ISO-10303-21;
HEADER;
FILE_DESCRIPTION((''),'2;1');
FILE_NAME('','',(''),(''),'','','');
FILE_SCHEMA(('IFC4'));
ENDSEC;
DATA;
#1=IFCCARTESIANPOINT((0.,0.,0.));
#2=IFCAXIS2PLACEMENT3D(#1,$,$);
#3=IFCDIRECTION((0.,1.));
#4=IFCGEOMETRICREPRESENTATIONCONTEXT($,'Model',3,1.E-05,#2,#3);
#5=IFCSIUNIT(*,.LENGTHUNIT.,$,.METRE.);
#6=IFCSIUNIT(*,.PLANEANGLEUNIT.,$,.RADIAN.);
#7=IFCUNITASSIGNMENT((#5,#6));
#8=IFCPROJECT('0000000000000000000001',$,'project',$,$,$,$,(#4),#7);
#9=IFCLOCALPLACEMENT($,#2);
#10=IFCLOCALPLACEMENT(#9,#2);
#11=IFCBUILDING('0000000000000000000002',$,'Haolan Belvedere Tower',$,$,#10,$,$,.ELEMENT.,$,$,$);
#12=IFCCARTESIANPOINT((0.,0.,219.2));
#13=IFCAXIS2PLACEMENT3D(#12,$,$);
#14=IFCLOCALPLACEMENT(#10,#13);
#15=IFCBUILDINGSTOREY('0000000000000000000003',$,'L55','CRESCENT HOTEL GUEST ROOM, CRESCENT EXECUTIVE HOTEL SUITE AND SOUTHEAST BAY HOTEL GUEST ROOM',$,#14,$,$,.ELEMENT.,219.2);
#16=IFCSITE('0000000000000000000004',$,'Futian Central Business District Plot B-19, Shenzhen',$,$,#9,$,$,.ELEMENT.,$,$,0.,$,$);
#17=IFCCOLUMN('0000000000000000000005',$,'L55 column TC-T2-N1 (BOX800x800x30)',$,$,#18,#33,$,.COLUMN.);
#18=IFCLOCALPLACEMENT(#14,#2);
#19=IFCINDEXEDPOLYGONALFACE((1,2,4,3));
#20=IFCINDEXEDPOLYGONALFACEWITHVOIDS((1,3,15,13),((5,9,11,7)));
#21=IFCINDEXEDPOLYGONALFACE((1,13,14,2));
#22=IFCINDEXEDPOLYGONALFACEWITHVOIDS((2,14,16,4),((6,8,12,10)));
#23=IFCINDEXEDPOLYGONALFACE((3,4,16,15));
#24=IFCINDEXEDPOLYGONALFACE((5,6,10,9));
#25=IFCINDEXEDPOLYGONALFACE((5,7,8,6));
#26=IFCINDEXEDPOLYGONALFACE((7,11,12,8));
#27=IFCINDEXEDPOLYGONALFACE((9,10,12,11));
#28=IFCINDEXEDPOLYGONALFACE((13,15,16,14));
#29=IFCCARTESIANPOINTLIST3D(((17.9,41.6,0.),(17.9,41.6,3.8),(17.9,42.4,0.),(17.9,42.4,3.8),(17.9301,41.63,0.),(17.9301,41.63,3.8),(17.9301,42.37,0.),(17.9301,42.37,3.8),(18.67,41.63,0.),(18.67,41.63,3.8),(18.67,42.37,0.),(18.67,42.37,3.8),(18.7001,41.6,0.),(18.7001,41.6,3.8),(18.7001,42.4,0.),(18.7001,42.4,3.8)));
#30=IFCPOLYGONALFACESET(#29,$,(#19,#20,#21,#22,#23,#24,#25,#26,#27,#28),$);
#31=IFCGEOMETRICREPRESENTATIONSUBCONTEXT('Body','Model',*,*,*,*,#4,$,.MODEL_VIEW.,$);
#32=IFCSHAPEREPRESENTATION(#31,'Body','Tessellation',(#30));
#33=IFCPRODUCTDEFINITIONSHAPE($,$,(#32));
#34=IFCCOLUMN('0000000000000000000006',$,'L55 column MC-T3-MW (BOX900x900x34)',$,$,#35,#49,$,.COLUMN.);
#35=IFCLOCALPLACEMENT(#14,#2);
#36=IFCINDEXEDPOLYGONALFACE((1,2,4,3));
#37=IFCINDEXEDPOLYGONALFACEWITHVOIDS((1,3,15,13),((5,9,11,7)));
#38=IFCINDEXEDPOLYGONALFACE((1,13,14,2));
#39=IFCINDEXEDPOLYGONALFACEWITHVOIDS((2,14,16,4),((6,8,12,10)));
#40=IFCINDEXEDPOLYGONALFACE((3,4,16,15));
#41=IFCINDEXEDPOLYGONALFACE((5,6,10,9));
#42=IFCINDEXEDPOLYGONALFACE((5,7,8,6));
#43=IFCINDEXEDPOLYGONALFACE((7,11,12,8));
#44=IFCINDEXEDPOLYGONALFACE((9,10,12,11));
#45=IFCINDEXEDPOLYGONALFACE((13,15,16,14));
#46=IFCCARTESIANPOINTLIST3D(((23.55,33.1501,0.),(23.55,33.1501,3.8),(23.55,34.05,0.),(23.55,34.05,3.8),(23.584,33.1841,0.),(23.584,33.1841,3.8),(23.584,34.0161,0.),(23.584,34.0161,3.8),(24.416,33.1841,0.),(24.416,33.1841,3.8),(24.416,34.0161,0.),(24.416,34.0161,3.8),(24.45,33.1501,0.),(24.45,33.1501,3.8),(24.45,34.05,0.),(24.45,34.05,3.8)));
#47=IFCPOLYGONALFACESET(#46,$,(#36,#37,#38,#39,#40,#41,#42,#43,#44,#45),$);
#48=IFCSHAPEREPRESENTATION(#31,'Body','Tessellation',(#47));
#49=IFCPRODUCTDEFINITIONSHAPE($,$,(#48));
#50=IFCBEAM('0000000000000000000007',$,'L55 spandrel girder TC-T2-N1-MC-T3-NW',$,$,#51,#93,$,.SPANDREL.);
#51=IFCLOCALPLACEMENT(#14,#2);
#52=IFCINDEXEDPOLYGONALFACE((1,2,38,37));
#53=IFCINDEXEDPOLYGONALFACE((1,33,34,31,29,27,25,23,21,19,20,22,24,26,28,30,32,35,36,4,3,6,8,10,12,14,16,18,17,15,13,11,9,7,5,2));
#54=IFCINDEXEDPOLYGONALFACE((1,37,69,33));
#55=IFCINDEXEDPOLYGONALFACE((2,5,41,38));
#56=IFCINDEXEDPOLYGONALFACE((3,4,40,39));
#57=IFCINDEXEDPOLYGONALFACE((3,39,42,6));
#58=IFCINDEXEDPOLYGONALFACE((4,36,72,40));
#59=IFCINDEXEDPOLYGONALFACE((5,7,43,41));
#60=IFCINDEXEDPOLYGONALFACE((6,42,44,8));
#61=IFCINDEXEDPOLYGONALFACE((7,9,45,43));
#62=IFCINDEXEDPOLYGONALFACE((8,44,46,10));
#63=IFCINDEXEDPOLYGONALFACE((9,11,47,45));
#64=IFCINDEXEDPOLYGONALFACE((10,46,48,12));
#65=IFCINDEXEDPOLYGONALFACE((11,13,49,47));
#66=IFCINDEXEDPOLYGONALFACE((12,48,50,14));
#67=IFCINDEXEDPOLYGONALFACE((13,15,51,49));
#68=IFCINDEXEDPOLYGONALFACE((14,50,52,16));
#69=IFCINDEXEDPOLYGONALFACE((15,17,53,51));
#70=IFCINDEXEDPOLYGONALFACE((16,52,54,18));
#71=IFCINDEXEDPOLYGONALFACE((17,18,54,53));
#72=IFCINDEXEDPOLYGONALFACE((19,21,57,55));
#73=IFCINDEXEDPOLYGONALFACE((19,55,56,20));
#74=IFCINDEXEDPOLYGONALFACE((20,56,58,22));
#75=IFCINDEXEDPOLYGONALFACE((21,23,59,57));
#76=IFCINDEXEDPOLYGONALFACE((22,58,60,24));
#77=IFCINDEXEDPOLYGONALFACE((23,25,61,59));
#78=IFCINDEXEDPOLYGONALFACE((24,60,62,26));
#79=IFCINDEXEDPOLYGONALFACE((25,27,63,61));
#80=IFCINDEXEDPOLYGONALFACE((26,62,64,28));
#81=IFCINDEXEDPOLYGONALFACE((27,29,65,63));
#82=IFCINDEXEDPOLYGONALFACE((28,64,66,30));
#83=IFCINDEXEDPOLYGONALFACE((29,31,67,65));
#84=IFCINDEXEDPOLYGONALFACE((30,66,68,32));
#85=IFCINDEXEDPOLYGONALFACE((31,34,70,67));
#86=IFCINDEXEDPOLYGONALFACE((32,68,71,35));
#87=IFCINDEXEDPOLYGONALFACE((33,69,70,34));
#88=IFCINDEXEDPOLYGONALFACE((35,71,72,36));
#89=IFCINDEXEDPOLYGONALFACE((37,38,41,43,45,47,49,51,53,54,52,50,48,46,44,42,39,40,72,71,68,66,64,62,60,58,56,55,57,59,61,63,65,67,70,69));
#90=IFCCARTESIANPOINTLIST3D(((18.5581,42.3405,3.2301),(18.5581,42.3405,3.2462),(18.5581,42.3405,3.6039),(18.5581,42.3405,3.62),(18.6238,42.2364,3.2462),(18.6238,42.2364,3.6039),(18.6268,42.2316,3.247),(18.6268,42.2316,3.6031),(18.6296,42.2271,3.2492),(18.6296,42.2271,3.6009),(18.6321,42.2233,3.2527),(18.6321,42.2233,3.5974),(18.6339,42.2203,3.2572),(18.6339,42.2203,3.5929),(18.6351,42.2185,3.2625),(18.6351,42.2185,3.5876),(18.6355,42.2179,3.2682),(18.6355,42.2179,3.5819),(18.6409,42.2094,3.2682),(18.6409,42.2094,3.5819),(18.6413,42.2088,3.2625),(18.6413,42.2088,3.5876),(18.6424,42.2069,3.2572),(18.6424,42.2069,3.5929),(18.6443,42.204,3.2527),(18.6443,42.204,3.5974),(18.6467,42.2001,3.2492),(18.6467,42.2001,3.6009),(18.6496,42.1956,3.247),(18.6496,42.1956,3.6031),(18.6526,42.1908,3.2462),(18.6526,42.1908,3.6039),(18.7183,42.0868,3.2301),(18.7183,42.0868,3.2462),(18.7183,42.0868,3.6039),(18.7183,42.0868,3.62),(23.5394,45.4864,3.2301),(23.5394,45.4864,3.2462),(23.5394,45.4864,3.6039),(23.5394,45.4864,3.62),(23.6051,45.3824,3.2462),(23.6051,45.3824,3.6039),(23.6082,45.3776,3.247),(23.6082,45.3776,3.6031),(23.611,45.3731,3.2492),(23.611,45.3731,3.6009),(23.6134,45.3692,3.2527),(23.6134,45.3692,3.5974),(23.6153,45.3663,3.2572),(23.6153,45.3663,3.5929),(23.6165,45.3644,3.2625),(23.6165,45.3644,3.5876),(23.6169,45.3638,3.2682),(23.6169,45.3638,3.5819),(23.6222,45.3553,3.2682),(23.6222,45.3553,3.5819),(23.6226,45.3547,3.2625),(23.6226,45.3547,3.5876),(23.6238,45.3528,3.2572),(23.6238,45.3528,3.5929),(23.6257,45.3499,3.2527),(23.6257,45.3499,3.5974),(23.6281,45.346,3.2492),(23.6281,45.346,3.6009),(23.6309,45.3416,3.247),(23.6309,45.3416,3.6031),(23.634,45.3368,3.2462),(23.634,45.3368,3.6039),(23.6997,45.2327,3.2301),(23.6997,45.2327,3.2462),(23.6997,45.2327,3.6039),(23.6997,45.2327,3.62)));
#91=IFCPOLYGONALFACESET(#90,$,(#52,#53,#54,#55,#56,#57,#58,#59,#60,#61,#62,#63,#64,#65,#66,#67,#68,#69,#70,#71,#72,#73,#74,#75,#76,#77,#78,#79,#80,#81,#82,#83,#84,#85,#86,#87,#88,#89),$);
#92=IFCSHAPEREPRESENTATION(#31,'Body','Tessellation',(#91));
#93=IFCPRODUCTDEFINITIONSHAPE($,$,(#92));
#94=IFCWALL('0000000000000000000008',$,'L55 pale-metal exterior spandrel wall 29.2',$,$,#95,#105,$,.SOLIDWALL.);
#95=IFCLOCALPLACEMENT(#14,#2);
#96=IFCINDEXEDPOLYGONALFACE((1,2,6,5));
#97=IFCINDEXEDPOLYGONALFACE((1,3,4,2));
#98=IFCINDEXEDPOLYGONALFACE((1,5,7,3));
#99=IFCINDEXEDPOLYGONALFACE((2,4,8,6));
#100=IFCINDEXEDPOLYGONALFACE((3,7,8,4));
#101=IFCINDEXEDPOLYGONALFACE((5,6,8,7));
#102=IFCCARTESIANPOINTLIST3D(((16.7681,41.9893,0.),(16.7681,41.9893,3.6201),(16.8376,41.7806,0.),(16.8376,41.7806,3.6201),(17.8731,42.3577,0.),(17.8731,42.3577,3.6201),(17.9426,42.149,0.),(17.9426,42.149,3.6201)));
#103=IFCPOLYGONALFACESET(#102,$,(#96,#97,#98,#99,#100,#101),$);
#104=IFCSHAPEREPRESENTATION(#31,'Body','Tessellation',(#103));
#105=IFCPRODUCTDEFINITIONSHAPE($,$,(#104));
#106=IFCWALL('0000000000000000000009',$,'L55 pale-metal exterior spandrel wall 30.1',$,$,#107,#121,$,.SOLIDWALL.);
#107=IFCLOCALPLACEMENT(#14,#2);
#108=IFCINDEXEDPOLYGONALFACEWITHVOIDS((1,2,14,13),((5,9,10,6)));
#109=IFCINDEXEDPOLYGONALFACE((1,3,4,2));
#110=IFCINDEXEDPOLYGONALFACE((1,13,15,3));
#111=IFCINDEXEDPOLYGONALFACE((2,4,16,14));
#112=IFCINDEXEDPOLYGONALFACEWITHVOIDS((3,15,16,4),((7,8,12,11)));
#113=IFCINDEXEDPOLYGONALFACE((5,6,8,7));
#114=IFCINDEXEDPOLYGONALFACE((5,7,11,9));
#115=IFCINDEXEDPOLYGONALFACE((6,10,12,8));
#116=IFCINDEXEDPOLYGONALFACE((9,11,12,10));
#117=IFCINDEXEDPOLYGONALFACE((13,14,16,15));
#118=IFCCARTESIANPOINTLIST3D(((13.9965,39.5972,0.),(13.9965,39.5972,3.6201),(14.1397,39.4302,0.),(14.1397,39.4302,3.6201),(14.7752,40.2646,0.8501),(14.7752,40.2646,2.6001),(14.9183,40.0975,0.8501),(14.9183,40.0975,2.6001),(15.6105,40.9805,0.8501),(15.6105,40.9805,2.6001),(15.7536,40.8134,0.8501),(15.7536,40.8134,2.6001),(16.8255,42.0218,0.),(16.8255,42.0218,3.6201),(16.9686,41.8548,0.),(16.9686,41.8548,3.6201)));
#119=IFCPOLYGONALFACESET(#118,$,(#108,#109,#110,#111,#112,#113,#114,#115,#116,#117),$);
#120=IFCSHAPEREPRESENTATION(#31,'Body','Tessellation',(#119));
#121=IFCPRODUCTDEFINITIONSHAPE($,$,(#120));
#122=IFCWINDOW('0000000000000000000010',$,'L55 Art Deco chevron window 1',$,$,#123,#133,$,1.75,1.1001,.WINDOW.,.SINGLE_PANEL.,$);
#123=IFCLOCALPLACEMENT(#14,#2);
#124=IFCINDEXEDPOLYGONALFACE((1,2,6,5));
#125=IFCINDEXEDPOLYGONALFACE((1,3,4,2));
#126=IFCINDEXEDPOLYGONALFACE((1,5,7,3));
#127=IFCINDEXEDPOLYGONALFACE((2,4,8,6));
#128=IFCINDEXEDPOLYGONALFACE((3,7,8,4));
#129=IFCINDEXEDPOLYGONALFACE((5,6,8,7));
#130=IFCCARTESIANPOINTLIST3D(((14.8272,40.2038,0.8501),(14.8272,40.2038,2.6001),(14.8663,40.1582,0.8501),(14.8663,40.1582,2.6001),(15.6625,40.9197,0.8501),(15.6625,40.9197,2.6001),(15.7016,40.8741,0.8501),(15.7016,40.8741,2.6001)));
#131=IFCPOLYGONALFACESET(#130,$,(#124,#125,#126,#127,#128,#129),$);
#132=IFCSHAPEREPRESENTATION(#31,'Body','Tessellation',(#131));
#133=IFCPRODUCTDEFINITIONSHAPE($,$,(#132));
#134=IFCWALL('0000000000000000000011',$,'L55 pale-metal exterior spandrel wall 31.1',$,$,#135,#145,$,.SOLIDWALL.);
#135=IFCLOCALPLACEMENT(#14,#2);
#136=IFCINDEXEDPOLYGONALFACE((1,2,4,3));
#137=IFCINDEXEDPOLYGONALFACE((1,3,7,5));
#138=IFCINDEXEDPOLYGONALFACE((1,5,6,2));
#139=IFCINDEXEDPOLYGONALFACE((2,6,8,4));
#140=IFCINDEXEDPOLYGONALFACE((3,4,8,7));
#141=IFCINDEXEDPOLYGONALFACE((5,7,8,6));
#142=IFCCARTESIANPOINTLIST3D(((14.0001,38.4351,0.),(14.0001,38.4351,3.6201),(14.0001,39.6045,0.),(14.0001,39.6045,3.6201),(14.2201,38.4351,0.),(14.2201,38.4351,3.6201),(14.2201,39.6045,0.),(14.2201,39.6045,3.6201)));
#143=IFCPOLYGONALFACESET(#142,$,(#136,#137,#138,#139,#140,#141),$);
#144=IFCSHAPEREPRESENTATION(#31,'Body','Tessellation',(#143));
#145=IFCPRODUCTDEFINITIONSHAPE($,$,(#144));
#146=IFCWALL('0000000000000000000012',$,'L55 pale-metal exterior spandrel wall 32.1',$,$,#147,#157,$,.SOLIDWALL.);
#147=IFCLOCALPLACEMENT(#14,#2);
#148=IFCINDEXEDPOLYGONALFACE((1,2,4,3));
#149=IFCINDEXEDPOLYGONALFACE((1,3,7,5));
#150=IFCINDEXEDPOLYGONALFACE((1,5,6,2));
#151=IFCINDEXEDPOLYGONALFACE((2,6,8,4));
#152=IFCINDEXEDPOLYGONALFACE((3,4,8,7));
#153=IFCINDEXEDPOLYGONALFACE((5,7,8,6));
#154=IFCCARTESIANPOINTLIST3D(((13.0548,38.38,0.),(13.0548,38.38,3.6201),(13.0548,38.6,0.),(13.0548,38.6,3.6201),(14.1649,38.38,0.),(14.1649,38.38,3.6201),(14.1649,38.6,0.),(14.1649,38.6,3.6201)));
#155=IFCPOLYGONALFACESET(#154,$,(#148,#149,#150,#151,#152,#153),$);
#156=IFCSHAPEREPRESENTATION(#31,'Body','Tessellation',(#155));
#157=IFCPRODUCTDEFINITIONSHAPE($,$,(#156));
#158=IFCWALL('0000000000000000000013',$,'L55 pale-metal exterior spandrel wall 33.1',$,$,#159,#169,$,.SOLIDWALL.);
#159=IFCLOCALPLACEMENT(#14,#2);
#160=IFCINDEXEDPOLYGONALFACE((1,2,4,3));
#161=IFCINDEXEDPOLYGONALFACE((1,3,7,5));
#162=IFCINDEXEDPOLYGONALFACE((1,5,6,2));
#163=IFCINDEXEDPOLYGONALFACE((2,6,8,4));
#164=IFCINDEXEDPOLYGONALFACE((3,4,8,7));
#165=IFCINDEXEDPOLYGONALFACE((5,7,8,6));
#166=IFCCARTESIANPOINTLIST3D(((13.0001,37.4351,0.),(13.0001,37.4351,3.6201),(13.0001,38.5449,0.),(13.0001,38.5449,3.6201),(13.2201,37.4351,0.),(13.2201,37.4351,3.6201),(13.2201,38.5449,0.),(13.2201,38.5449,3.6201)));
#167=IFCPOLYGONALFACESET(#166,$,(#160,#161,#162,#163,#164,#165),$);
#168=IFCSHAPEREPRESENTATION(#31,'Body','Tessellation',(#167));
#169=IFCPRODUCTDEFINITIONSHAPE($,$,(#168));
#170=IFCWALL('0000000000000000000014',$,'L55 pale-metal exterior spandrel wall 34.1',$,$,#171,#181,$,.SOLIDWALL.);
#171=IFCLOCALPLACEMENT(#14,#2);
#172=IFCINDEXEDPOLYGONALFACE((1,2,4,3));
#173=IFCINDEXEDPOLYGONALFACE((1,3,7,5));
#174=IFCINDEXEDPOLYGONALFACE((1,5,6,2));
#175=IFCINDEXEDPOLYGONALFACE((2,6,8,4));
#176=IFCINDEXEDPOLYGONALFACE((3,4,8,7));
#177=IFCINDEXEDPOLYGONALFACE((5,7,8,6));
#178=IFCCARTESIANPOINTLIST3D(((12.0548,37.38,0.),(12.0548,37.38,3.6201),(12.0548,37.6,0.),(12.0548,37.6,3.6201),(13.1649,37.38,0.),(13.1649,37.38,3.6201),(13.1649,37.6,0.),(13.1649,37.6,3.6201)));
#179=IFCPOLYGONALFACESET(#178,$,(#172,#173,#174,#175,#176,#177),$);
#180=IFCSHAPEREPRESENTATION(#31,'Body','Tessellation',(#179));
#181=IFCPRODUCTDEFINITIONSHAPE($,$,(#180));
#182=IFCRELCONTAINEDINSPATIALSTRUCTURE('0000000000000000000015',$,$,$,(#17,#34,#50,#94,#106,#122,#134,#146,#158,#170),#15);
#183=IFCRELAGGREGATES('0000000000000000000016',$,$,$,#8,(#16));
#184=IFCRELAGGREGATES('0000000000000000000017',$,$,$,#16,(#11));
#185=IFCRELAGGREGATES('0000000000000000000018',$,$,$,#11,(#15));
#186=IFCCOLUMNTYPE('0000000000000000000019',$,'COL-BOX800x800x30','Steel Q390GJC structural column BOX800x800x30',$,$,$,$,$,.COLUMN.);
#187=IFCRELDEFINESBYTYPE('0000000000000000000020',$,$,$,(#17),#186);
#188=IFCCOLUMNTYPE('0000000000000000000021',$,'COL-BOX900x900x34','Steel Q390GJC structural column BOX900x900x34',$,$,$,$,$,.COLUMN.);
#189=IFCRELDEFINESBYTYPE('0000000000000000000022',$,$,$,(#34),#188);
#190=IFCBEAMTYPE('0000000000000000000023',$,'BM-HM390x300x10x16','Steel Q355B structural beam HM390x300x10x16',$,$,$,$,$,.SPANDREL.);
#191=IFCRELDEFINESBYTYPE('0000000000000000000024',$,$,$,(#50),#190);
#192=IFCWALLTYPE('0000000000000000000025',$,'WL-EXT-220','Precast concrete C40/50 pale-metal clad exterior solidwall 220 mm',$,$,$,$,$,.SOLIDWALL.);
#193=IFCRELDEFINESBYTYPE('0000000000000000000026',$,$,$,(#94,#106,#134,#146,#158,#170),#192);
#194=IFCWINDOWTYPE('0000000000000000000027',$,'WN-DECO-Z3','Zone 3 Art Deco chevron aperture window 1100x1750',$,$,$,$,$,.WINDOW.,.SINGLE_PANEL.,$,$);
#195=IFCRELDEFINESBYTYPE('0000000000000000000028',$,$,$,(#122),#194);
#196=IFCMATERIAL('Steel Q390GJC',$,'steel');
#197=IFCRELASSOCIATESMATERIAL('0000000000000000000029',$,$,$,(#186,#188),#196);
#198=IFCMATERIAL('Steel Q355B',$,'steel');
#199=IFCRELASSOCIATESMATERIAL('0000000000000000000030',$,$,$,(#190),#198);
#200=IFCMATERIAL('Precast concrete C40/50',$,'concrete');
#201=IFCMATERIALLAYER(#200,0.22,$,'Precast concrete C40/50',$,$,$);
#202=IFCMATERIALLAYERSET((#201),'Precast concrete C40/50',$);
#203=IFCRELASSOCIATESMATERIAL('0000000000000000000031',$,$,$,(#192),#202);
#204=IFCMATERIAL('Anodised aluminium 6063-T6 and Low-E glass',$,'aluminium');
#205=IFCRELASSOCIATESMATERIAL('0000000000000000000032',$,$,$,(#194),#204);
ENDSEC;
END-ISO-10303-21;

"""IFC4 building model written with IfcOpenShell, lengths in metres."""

from ifc_helpers import new_model, si_unit, direction, frame, frame_2d, origin, origin_2d, place, context, subcontext, project, spatial, rectangle, hollow_rectangle, i_section, extrude, material, layer, layer_set, material_profile, profile_set, type_object, element, fill, save


model = new_model("IFC4")

# Units and contexts
model_context = context("Model", 3, precision=1e-05, world=origin(), true_north=direction((0.0, 1.0)))
body_context = subcontext(model_context, "Body", "Model", "MODEL_VIEW")
ifc_project = project(units=[si_unit("LENGTHUNIT", "METRE"), si_unit("PLANEANGLEUNIT", "RADIAN")], contexts=[model_context])

# Site, building, storey
site_placement = place(None, origin())
site = spatial("IfcSite", under=ifc_project, at=site_placement, Name="Futian Central Business District Plot B-19, Shenzhen", CompositionType="ELEMENT", RefElevation=0.0)
building_placement = place(site_placement, origin())
building = spatial("IfcBuilding", under=site, at=building_placement, Name="Haolan Belvedere Tower", CompositionType="ELEMENT")
storey_placement = place(building_placement, frame((0.0, 0.0, 219.2)))
storey = spatial("IfcBuildingStorey", under=building, at=storey_placement, Name="L55", Description="CRESCENT HOTEL GUEST ROOM, CRESCENT EXECUTIVE HOTEL SUITE AND SOUTHEAST BAY HOTEL GUEST ROOM", CompositionType="ELEMENT", Elevation=219.2)

# Columns
ifc_material_1 = material(Name="Steel Q390GJC", Category="steel")
ifc_material_profile_1 = material_profile(ifc_material_1, hollow_rectangle(XDim=0.8, YDim=0.8, WallThickness=0.03, at=origin_2d()), Name="Steel Q390GJC")
ifc_profile_set_1 = profile_set([ifc_material_profile_1], Name="Steel Q390GJC")
column_type_1 = type_object("IfcColumnType", Name="COL-BOX800x800x30", Description="Steel Q390GJC structural column BOX800x800x30", PredefinedType="COLUMN", material=ifc_profile_set_1)
column_1_placement = place(storey_placement, frame((18.3, 42.0, 0.0), z_axis=(0.0, 0.0, 1.0), x_axis=(1.0, 0.0, 0.0)))
element("IfcColumn", 1, at=column_1_placement, inside=storey, type_object=column_type_1, Name="L55 column TC-T2-N1 (BOX800x800x30)", PredefinedType="COLUMN", context=body_context, shape_type="SweptSolid", body=[
    extrude(hollow_rectangle(XDim=0.8, YDim=0.8, WallThickness=0.03, at=origin_2d()), origin(), (0.0, 0.0, 1.0), 3.8),
])
ifc_material_profile_2 = material_profile(ifc_material_1, hollow_rectangle(XDim=0.8999, YDim=0.8999, WallThickness=0.0339, at=origin_2d()), Name="Steel Q390GJC")
ifc_profile_set_2 = profile_set([ifc_material_profile_2], Name="Steel Q390GJC")
column_type_2 = type_object("IfcColumnType", Name="COL-BOX900x900x34", Description="Steel Q390GJC structural column BOX900x900x34", PredefinedType="COLUMN", material=ifc_profile_set_2)
column_2_placement = place(storey_placement, frame((24.0, 33.6001, 0.0), z_axis=(0.0, 0.0, 1.0), x_axis=(1.0, 0.0, 0.0)))
element("IfcColumn", 2, at=column_2_placement, inside=storey, type_object=column_type_2, Name="L55 column MC-T3-MW (BOX900x900x34)", PredefinedType="COLUMN", context=body_context, shape_type="SweptSolid", body=[
    extrude(hollow_rectangle(XDim=0.8999, YDim=0.8999, WallThickness=0.0339, at=origin_2d()), origin(), (0.0, 0.0, 1.0), 3.8),
])

# Beam
ifc_material_2 = material(Name="Steel Q355B", Category="steel")
ifc_material_profile_3 = material_profile(ifc_material_2, i_section(OverallWidth=0.3, OverallDepth=0.3899, WebThickness=0.01, FlangeThickness=0.0161, FilletRadius=0.022, at=origin_2d()), Name="Steel Q355B")
ifc_profile_set_3 = profile_set([ifc_material_profile_3], Name="Steel Q355B")
beam_type = type_object("IfcBeamType", Name="BM-HM390x300x10x16", Description="Steel Q355B structural beam HM390x300x10x16", PredefinedType="SPANDREL", material=ifc_profile_set_3)
beam_placement = place(storey_placement, frame((18.6382, 42.2136, 3.425), z_axis=(0.845503, 0.533971, 0.0), x_axis=(-0.533971, 0.845503, 0.0)))
element("IfcBeam", 3, at=beam_placement, inside=storey, type_object=beam_type, Name="L55 spandrel girder TC-T2-N1-MC-T3-NW", PredefinedType="SPANDREL", context=body_context, shape_type="SweptSolid", body=[
    extrude(i_section(OverallWidth=0.3, OverallDepth=0.3899, WebThickness=0.01, FlangeThickness=0.0161, FilletRadius=0.022, at=origin_2d()), origin(), (0.0, 0.0, 1.0), 5.8916),
])

# Wall
ifc_material_3 = material(Name="Precast concrete C40/50", Category="concrete")
ifc_layer_1 = layer(ifc_material_3, 0.22, Name="Precast concrete C40/50")
ifc_layer_set_1 = layer_set([ifc_layer_1], Name="Precast concrete C40/50")
wall_type_1 = type_object("IfcWallType", Name="WL-EXT-220", Description="Precast concrete C40/50 pale-metal clad exterior solidwall 220 mm", PredefinedType="SOLIDWALL", material=ifc_layer_set_1)
wall_1_placement = place(storey_placement, frame((17.908, 42.2534, 0.0), z_axis=(0.0, 0.0, 1.0), x_axis=(-0.948662, -0.316291, 0.0)))
element("IfcWall", 4, at=wall_1_placement, inside=storey, type_object=wall_type_1, Name="L55 pale-metal exterior spandrel wall 29.2", PredefinedType="SOLIDWALL", context=body_context, shape_type="SweptSolid", body=[
    extrude(rectangle(XDim=1.1648, YDim=0.22, at=frame_2d((0.5825, 0.0))), origin(), (0.0, 0.0, 1.0), 3.6201),
])

# Wall, opening, window
wall_2_placement = place(storey_placement, frame((16.897, 41.9382, 0.0), z_axis=(0.0, 0.0, 1.0), x_axis=(-0.75928, -0.650764, 0.0)))
wall_2 = element("IfcWall", 5, at=wall_2_placement, inside=storey, type_object=wall_type_1, Name="L55 pale-metal exterior spandrel wall 30.1", PredefinedType="SOLIDWALL", context=body_context, shape_type="SweptSolid", body=[
    extrude(rectangle(XDim=3.7258, YDim=0.22, at=frame_2d((1.8628, 0.0))), origin(), (0.0, 0.0, 1.0), 3.6201),
])
opening_1_placement = place(wall_2_placement, frame((1.6001, 0.0, 0.8501)))
opening_1 = element("IfcOpeningElement", 6, at=opening_1_placement, cuts=wall_2, PredefinedType="OPENING", context=body_context, shape_type="SweptSolid", body=[
    extrude(rectangle(XDim=1.1001, YDim=1.75, at=frame_2d((0.55, 0.875))), frame((0.0, 0.1199, 0.0), z_axis=(0.0, -1.0, 0.0), x_axis=(1.0, 0.0, 0.0)), (0.0, 0.0, 1.0), 0.24),
])
ifc_material_4 = material(Name="Anodised aluminium 6063-T6 and Low-E glass", Category="aluminium")
window_type = type_object("IfcWindowType", Name="WN-DECO-Z3", Description="Zone 3 Art Deco chevron aperture window 1100x1750", PartitioningType="SINGLE_PANEL", PredefinedType="WINDOW", material=ifc_material_4)
window_1_placement = place(opening_1_placement, origin())
window_1 = element("IfcWindow", 7, at=window_1_placement, inside=storey, type_object=window_type, Name="L55 Art Deco chevron window 1", OverallHeight=1.75, OverallWidth=1.1001, PartitioningType="SINGLE_PANEL", PredefinedType="WINDOW", context=body_context, shape_type="SweptSolid", body=[
    extrude(rectangle(XDim=1.1001, YDim=1.75, at=frame_2d((0.55, 0.875))), frame((0.0, 0.03, 0.0), z_axis=(0.0, -1.0, 0.0), x_axis=(1.0, 0.0, 0.0)), (0.0, 0.0, 1.0), 0.0601),
])
fill(opening_1, window_1)

# Walls
wall_3_placement = place(storey_placement, frame((14.1101, 39.6045, 0.0), z_axis=(0.0, 0.0, 1.0), x_axis=(0.0, -1.0, 0.0)))
element("IfcWall", 8, at=wall_3_placement, inside=storey, type_object=wall_type_1, Name="L55 pale-metal exterior spandrel wall 31.1", PredefinedType="SOLIDWALL", context=body_context, shape_type="SweptSolid", body=[
    extrude(rectangle(XDim=1.1694, YDim=0.22, at=frame_2d((0.5847, 0.0))), origin(), (0.0, 0.0, 1.0), 3.6201),
])
wall_4_placement = place(storey_placement, frame((14.165, 38.49, 0.0), z_axis=(0.0, 0.0, 1.0), x_axis=(-1.0, 0.0, 0.0)))
element("IfcWall", 9, at=wall_4_placement, inside=storey, type_object=wall_type_1, Name="L55 pale-metal exterior spandrel wall 32.1", PredefinedType="SOLIDWALL", context=body_context, shape_type="SweptSolid", body=[
    extrude(rectangle(XDim=1.1101, YDim=0.22, at=frame_2d((0.5552, 0.0))), origin(), (0.0, 0.0, 1.0), 3.6201),
])
wall_5_placement = place(storey_placement, frame((13.1101, 38.5449, 0.0), z_axis=(0.0, 0.0, 1.0), x_axis=(0.0, -1.0, 0.0)))
element("IfcWall", 10, at=wall_5_placement, inside=storey, type_object=wall_type_1, Name="L55 pale-metal exterior spandrel wall 33.1", PredefinedType="SOLIDWALL", context=body_context, shape_type="SweptSolid", body=[
    extrude(rectangle(XDim=1.1099, YDim=0.22, at=frame_2d((0.5549, 0.0))), origin(), (0.0, 0.0, 1.0), 3.6201),
])
wall_6_placement = place(storey_placement, frame((13.165, 37.49, 0.0), z_axis=(0.0, 0.0, 1.0), x_axis=(-1.0, 0.0, 0.0)))
element("IfcWall", 11, at=wall_6_placement, inside=storey, type_object=wall_type_1, Name="L55 pale-metal exterior spandrel wall 34.1", PredefinedType="SOLIDWALL", context=body_context, shape_type="SweptSolid", body=[
    extrude(rectangle(XDim=1.1101, YDim=0.22, at=frame_2d((0.5552, 0.0))), origin(), (0.0, 0.0, 1.0), 3.6201),
])

save(model, "model.ifc")
